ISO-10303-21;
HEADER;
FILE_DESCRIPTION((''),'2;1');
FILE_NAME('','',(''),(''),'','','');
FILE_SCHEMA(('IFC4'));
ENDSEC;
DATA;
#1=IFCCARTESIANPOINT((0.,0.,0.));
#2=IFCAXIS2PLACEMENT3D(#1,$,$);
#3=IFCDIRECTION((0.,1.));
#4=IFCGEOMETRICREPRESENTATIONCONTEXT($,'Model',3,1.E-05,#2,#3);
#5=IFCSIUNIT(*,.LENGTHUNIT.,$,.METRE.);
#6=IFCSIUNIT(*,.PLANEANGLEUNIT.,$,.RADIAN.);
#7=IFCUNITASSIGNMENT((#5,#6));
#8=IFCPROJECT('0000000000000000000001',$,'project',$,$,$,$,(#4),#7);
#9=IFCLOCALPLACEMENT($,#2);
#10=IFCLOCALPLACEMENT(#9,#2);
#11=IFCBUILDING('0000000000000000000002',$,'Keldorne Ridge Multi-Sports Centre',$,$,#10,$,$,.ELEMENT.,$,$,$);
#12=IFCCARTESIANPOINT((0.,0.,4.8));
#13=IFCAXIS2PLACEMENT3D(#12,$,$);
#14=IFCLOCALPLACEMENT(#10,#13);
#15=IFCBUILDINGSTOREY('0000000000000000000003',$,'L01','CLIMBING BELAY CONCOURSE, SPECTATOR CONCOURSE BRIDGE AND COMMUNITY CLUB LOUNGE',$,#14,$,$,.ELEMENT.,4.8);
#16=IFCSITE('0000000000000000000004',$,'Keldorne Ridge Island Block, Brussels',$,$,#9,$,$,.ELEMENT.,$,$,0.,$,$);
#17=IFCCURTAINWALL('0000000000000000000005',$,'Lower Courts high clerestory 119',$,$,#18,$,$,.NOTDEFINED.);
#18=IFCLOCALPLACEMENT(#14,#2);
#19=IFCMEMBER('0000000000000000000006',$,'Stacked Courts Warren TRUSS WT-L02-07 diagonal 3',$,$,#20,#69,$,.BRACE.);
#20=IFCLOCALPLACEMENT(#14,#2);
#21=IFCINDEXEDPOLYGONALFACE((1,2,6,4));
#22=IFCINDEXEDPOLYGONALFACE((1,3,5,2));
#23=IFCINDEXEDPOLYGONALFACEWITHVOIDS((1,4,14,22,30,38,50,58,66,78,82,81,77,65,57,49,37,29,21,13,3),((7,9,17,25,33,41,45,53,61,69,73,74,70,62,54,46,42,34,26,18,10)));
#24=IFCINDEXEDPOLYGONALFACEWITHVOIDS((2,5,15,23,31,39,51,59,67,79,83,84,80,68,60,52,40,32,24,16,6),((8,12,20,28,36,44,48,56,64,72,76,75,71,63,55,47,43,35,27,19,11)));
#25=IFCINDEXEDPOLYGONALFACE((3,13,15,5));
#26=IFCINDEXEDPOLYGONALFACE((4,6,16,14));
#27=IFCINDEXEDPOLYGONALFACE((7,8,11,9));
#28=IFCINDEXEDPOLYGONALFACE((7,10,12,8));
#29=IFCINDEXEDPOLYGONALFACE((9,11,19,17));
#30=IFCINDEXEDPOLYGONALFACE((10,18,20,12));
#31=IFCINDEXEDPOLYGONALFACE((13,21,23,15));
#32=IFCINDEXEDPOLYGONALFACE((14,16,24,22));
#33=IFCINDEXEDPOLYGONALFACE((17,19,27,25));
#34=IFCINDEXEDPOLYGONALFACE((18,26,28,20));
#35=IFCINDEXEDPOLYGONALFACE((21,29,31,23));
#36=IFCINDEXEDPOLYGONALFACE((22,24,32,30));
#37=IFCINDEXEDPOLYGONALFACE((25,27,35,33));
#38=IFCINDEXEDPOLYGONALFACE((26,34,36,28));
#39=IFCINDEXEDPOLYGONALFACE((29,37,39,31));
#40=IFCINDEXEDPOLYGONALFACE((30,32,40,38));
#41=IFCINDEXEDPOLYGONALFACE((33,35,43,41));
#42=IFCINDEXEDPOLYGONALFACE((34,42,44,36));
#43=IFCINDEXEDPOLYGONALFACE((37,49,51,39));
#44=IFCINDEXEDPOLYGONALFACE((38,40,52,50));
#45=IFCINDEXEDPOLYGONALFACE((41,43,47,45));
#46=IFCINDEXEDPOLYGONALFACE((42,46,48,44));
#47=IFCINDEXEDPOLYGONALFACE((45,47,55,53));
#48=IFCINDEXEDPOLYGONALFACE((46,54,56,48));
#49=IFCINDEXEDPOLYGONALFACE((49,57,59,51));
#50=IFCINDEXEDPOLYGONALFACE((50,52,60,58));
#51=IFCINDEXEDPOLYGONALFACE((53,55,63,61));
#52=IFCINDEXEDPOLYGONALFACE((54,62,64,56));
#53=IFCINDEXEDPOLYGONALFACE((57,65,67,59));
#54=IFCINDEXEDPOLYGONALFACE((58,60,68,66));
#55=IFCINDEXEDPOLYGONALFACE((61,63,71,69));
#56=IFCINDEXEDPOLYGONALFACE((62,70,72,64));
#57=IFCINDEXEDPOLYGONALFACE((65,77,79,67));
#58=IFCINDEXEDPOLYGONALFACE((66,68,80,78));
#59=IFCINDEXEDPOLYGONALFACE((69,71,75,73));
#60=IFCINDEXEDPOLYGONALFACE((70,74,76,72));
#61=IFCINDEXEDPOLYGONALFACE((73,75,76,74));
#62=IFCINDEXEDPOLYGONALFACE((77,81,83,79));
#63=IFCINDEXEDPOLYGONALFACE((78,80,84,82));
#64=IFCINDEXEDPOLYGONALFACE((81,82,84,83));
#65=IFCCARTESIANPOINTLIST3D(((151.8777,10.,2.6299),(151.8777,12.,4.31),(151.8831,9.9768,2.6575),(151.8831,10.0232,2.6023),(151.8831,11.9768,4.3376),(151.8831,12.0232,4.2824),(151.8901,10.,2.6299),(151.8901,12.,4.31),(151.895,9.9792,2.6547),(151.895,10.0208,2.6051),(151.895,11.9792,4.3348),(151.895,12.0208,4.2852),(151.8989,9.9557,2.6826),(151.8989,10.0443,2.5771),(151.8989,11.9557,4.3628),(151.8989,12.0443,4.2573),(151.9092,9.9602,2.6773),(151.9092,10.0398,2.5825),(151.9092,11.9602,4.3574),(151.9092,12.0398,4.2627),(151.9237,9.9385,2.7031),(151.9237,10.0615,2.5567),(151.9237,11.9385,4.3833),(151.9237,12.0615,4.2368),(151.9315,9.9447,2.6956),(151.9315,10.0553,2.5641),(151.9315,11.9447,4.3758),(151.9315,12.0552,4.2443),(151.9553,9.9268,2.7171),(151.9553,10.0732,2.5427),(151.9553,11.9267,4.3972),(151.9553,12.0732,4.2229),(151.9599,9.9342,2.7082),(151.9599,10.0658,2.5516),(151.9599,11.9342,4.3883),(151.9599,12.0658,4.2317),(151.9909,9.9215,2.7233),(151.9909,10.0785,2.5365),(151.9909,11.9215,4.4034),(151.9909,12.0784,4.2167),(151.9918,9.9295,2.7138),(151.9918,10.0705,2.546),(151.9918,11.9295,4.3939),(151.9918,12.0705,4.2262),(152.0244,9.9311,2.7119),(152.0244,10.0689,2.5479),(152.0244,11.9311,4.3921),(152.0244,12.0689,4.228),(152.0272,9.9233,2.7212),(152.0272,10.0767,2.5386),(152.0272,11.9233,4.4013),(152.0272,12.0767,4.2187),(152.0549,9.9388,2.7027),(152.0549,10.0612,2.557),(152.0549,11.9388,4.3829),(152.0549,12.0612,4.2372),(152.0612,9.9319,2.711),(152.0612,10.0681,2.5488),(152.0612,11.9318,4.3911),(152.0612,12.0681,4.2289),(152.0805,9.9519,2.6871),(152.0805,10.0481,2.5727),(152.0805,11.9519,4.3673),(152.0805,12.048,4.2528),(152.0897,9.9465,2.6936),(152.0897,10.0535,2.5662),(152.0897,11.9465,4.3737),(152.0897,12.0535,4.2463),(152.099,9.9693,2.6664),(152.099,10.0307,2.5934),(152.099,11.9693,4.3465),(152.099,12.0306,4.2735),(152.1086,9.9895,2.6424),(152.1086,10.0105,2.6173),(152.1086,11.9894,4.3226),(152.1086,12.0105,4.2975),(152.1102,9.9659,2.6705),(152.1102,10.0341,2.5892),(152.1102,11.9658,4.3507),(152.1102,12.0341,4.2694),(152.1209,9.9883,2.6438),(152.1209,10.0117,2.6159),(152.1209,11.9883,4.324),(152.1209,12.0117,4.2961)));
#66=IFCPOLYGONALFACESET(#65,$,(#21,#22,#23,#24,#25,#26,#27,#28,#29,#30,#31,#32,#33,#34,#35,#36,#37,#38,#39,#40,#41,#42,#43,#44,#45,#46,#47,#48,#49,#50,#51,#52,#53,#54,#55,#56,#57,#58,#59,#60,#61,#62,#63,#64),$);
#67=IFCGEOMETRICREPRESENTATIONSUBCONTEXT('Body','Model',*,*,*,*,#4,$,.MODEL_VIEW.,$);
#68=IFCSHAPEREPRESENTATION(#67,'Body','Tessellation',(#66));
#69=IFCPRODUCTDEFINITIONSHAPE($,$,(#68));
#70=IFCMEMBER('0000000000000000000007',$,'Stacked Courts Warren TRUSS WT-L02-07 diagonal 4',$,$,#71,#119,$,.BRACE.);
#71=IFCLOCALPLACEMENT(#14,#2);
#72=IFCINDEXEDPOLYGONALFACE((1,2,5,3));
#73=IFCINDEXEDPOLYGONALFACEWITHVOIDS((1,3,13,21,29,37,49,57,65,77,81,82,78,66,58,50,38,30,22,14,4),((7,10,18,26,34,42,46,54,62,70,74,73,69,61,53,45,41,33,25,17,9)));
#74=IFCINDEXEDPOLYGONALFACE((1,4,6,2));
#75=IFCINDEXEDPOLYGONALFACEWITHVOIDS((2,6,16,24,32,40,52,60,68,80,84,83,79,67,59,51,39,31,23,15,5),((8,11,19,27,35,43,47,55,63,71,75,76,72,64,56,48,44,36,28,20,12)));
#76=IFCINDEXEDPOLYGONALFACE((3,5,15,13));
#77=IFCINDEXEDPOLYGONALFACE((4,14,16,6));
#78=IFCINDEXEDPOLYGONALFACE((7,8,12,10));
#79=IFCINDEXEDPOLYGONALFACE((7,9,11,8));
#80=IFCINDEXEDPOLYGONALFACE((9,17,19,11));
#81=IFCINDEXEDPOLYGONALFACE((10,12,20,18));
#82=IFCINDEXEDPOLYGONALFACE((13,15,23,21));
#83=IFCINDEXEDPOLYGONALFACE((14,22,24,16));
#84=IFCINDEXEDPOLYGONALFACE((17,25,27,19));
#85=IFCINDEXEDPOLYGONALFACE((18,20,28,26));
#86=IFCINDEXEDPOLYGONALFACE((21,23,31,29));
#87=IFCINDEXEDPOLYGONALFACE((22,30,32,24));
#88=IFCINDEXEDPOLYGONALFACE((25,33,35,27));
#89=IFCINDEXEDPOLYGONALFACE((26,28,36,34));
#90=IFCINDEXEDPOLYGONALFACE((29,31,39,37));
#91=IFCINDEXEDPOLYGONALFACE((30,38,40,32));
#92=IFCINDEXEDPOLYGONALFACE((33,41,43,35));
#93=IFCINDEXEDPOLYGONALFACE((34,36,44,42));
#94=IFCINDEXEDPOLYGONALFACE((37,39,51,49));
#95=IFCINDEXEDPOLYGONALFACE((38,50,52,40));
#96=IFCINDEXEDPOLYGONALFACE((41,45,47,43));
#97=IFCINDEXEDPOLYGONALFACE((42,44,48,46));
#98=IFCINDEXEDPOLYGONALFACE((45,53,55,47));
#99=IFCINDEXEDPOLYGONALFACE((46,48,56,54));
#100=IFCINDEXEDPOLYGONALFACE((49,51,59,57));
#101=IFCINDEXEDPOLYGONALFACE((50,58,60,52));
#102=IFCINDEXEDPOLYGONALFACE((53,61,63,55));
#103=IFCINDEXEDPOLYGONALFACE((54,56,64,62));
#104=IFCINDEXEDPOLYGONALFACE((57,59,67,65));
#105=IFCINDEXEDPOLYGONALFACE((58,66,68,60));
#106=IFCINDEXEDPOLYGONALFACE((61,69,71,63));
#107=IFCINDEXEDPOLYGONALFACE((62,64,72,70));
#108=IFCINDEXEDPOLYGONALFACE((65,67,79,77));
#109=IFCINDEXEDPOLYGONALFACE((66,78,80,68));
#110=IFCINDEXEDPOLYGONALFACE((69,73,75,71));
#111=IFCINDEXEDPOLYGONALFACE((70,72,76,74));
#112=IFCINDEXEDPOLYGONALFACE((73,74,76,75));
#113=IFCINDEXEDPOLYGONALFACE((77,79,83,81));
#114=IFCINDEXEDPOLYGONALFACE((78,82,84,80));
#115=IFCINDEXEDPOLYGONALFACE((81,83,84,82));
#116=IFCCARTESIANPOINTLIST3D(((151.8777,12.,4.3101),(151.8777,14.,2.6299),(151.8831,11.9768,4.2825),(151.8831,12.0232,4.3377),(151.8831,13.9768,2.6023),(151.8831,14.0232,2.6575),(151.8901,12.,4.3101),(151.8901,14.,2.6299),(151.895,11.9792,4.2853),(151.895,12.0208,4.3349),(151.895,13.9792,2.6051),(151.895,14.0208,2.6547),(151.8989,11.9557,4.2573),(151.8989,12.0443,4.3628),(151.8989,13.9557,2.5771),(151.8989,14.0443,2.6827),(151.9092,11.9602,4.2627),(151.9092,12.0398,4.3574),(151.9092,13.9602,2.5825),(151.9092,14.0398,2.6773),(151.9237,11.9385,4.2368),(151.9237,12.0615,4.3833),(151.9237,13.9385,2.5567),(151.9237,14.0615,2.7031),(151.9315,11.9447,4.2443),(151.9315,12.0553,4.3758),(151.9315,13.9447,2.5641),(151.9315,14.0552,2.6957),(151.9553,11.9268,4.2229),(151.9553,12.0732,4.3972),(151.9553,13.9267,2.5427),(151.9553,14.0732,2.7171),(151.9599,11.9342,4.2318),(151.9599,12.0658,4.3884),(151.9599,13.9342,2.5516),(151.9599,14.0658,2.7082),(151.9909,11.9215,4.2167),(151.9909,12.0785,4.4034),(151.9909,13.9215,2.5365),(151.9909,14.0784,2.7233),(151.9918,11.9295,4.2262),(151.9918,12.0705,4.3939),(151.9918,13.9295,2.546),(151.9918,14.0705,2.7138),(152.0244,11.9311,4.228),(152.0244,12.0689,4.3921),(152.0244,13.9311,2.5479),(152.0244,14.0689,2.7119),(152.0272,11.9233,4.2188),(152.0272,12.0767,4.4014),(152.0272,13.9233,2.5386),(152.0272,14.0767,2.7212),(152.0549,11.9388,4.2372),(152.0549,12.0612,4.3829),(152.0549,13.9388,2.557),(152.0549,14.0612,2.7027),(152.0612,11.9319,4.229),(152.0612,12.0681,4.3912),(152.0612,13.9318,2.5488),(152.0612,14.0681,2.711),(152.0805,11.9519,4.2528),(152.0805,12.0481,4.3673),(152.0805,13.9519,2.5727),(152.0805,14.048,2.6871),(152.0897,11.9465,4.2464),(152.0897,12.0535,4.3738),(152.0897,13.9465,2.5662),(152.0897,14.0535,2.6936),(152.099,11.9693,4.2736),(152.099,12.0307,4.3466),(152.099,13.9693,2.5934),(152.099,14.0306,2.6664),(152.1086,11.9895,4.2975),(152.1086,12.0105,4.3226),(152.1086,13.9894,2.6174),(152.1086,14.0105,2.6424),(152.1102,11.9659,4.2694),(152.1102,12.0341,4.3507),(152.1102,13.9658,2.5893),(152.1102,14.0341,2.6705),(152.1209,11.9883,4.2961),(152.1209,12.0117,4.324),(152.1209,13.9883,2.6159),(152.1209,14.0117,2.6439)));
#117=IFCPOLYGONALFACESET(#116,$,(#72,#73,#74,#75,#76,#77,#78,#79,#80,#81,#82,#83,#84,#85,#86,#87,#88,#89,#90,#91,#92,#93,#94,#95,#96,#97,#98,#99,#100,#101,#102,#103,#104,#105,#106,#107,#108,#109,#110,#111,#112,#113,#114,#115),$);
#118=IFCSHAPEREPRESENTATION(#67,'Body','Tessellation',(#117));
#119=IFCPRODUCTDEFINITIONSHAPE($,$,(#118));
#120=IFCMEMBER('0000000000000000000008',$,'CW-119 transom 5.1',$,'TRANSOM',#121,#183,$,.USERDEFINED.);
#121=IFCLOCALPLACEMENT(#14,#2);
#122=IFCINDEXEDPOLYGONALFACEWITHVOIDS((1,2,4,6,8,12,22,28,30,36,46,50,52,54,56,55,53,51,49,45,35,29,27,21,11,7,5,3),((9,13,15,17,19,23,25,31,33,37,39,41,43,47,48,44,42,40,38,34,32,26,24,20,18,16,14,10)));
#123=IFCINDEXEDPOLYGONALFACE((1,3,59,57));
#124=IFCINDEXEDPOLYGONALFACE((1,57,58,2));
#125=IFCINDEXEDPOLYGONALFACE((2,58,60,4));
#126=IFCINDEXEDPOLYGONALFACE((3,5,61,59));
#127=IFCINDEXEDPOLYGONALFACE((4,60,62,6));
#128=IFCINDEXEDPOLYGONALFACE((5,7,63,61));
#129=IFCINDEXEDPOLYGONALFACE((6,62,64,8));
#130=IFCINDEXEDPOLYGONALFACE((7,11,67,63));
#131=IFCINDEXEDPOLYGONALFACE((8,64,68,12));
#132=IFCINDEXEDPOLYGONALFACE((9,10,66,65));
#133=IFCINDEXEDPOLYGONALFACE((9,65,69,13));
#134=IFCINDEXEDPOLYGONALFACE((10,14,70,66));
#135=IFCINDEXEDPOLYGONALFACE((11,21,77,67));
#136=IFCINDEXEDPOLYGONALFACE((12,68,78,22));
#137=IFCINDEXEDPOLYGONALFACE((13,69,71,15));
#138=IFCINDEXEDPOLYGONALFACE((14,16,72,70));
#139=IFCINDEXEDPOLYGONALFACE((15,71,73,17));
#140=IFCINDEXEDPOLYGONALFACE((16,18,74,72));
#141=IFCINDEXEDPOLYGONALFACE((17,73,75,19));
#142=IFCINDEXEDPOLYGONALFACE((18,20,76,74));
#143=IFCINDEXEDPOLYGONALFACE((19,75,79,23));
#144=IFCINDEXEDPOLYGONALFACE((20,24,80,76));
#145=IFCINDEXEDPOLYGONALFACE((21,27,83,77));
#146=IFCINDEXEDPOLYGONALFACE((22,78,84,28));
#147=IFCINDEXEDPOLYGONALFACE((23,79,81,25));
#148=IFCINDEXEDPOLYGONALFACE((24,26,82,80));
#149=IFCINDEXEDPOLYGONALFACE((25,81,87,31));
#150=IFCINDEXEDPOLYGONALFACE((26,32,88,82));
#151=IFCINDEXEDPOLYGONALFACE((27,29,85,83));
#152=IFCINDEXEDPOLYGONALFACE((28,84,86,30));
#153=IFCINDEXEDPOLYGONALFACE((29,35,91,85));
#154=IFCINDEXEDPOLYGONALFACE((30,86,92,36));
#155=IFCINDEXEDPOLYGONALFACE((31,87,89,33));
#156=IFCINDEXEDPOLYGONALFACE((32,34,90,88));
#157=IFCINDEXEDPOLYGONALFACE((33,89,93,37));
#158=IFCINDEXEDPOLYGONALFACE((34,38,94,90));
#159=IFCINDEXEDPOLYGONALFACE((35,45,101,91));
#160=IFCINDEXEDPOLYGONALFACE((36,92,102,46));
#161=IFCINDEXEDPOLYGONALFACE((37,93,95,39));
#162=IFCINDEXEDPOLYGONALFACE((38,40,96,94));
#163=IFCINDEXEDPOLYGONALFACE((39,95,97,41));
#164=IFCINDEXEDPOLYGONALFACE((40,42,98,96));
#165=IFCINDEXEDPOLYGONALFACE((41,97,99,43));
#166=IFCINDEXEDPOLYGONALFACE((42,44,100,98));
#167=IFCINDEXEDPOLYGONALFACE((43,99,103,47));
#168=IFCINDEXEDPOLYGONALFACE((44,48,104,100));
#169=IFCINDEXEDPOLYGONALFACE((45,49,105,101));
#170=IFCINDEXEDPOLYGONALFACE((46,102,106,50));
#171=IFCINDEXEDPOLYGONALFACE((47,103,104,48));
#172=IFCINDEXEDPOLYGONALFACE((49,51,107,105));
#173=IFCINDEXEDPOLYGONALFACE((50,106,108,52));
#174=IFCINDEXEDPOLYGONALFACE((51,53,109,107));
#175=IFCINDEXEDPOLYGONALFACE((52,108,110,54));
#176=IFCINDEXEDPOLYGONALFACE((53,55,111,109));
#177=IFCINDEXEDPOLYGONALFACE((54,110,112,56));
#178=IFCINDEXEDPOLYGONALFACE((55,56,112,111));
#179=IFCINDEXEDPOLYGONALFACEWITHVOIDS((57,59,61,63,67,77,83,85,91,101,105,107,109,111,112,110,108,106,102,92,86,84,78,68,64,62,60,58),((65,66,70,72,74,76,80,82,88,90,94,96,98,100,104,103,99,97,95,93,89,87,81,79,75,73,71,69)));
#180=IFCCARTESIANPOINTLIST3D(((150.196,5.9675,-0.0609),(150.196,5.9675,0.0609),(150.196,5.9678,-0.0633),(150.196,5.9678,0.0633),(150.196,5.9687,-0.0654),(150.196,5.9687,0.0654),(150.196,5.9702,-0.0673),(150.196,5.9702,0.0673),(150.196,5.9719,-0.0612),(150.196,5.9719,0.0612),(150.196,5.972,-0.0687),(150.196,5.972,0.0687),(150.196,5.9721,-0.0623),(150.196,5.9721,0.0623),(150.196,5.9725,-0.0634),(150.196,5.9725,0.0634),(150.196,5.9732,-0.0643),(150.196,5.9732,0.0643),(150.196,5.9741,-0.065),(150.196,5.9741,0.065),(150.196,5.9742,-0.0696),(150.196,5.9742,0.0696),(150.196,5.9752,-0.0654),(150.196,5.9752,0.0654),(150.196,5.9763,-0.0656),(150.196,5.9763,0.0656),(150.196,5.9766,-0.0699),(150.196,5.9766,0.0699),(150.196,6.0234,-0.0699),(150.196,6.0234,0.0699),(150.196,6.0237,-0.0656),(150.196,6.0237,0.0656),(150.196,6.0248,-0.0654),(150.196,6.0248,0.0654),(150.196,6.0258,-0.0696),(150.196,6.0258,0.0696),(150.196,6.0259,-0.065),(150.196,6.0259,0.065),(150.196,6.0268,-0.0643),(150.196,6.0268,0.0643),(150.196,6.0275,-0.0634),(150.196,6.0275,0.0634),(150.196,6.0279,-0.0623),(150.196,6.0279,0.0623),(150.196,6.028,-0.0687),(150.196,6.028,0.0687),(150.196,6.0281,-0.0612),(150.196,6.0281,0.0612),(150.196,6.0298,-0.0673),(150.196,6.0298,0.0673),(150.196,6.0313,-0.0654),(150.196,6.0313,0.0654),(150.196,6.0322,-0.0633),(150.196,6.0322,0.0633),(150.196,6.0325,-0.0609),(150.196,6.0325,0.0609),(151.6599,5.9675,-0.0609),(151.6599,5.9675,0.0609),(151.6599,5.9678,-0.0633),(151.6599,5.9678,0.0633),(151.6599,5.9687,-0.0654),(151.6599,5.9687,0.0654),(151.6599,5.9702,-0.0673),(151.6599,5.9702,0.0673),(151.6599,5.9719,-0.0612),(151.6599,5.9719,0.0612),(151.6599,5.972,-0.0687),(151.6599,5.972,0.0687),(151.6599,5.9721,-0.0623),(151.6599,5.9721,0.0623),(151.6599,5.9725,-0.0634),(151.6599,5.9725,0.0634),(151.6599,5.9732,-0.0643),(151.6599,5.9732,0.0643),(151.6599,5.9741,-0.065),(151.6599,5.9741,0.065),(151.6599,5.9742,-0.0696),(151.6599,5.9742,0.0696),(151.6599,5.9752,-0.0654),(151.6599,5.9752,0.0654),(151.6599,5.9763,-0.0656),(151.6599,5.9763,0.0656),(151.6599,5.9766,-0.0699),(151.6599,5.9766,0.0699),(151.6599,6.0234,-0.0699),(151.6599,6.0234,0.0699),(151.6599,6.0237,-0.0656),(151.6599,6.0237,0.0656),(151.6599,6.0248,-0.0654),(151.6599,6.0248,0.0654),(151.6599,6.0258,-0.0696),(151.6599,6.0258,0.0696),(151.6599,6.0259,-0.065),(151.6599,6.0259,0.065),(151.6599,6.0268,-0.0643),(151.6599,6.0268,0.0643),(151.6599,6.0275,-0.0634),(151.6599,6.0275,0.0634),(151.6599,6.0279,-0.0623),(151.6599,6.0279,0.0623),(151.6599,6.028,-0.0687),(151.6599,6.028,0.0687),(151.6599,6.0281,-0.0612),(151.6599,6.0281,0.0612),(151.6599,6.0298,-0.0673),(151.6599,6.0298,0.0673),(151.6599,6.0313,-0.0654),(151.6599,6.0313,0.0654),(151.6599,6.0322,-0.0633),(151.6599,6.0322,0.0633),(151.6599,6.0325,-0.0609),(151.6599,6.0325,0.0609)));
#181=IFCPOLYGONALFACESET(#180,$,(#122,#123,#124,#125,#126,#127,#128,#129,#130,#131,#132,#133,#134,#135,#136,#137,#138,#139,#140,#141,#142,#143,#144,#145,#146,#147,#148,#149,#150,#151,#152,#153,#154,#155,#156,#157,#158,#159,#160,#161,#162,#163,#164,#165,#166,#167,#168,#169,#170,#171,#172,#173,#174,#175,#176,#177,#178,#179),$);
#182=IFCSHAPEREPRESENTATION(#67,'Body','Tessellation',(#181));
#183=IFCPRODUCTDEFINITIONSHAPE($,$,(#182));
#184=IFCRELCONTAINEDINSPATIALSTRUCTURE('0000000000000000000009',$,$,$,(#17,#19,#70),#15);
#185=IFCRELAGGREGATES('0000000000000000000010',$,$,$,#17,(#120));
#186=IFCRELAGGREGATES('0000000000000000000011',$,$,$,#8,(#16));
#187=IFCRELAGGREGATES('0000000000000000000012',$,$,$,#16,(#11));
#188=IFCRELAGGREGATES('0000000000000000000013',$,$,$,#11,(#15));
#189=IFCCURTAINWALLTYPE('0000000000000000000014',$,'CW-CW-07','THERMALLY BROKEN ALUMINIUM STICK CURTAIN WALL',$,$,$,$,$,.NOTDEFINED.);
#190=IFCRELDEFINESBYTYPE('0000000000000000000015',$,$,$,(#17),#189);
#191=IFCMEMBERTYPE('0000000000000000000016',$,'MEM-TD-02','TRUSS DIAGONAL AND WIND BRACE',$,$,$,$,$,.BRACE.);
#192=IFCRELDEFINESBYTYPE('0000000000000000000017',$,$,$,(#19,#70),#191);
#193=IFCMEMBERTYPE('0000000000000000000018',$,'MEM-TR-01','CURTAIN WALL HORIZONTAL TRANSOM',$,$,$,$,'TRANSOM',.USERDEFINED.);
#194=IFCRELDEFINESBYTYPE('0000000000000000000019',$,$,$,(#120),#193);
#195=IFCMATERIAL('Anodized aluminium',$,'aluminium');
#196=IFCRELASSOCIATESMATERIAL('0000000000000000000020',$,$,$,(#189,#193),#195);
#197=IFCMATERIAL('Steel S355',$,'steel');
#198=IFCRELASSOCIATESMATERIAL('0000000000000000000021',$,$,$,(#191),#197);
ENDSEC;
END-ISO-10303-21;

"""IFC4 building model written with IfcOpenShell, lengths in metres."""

from ifc_helpers import new_model, si_unit, direction, frame, origin, origin_2d, place, context, subcontext, project, spatial, hollow_rectangle, hollow_circle, extrude, material, material_profile, profile_set, type_object, element, aggregate, save


model = new_model("IFC4")

# Units and contexts
model_context = context("Model", 3, precision=1e-05, world=origin(), true_north=direction((0.0, 1.0)))
body_context = subcontext(model_context, "Body", "Model", "MODEL_VIEW")
ifc_project = project(units=[si_unit("LENGTHUNIT", "METRE"), si_unit("PLANEANGLEUNIT", "RADIAN")], contexts=[model_context])

# Site, building, storey
site_placement = place(None, origin())
site = spatial("IfcSite", under=ifc_project, at=site_placement, Name="Keldorne Ridge Island Block, Brussels", CompositionType="ELEMENT", RefElevation=0.0)
building_placement = place(site_placement, origin())
building = spatial("IfcBuilding", under=site, at=building_placement, Name="Keldorne Ridge Multi-Sports Centre", CompositionType="ELEMENT")
storey_placement = place(building_placement, frame((0.0, 0.0, 4.8)))
storey = spatial("IfcBuildingStorey", under=building, at=storey_placement, Name="L01", Description="CLIMBING BELAY CONCOURSE, SPECTATOR CONCOURSE BRIDGE AND COMMUNITY CLUB LOUNGE", CompositionType="ELEMENT", Elevation=4.8)

# Shared definitions
ifc_material_1 = material(Name="Steel S355", Category="steel")

# Curtain wall
ifc_material_2 = material(Name="Anodized aluminium", Category="aluminium")
curtain_wall_type = type_object("IfcCurtainWallType", Name="CW-CW-07", Description="THERMALLY BROKEN ALUMINIUM STICK CURTAIN WALL", PredefinedType="NOTDEFINED", material=ifc_material_2)
curtain_wall_placement = place(storey_placement, origin())
curtain_wall = element("IfcCurtainWall", 1, at=curtain_wall_placement, inside=storey, type_object=curtain_wall_type, Name="Lower Courts high clerestory 119", PredefinedType="NOTDEFINED")

# Members
ifc_material_profile_1 = material_profile(ifc_material_1, hollow_circle(Radius=0.1223, WallThickness=0.0125, at=origin_2d()), Name="CHS 244.5x12.5")
ifc_profile_set_1 = profile_set([ifc_material_profile_1], Name="Steel S355")
member_type_1 = type_object("IfcMemberType", Name="MEM-TD-02", Description="TRUSS DIAGONAL AND WIND BRACE", PredefinedType="BRACE", material=ifc_profile_set_1)
for number, where, z_axis, x_axis, name in (
    (2, (152.0, 10.0, 2.6299), (0.0, 0.765672, 0.643232), (-1.0, 0.0, 0.0), "Stacked Courts Warren TRUSS WT-L02-07 diagonal 3"),
    (3, (152.0, 12.0, 4.3101), (0.0, 0.765672, -0.643232), (-1.0, 0.0, 0.0), "Stacked Courts Warren TRUSS WT-L02-07 diagonal 4"),
):
    element("IfcMember", number, at=place(storey_placement, frame(where, z_axis=z_axis, x_axis=x_axis)), inside=storey, type_object=member_type_1, Name=name, PredefinedType="BRACE", context=body_context, shape_type="SweptSolid", body=[
        extrude(hollow_circle(Radius=0.1223, WallThickness=0.0125, at=origin_2d()), origin(), (0.0, 0.0, 1.0), 2.6121),
    ])

# Member
ifc_material_profile_2 = material_profile(ifc_material_2, hollow_rectangle(XDim=0.0649, YDim=0.1399, WallThickness=0.0044, InnerFilletRadius=0.0044, OuterFilletRadius=0.009, at=origin_2d()), Name="ALU TRANSOM 140x65x4.5")
ifc_profile_set_2 = profile_set([ifc_material_profile_2], Name="Anodized aluminium")
member_type_2 = type_object("IfcMemberType", Name="MEM-TR-01", Description="CURTAIN WALL HORIZONTAL TRANSOM", ElementType="TRANSOM", PredefinedType="USERDEFINED", material=ifc_profile_set_2)
member_1_placement = place(storey_placement, frame((150.196, 6.0, 0.0), z_axis=(1.0, 0.0, 0.0), x_axis=(0.0, 1.0, 0.0)))
member_1 = element("IfcMember", 4, at=member_1_placement, type_object=member_type_2, Name="CW-119 transom 5.1", ObjectType="TRANSOM", PredefinedType="USERDEFINED", context=body_context, shape_type="SweptSolid", body=[
    extrude(hollow_rectangle(XDim=0.0649, YDim=0.1399, WallThickness=0.0044, InnerFilletRadius=0.0044, OuterFilletRadius=0.009, at=origin_2d()), origin(), (0.0, 0.0, 1.0), 1.4639),
])

aggregate(curtain_wall, [member_1])

save(model, "model.ifc")
